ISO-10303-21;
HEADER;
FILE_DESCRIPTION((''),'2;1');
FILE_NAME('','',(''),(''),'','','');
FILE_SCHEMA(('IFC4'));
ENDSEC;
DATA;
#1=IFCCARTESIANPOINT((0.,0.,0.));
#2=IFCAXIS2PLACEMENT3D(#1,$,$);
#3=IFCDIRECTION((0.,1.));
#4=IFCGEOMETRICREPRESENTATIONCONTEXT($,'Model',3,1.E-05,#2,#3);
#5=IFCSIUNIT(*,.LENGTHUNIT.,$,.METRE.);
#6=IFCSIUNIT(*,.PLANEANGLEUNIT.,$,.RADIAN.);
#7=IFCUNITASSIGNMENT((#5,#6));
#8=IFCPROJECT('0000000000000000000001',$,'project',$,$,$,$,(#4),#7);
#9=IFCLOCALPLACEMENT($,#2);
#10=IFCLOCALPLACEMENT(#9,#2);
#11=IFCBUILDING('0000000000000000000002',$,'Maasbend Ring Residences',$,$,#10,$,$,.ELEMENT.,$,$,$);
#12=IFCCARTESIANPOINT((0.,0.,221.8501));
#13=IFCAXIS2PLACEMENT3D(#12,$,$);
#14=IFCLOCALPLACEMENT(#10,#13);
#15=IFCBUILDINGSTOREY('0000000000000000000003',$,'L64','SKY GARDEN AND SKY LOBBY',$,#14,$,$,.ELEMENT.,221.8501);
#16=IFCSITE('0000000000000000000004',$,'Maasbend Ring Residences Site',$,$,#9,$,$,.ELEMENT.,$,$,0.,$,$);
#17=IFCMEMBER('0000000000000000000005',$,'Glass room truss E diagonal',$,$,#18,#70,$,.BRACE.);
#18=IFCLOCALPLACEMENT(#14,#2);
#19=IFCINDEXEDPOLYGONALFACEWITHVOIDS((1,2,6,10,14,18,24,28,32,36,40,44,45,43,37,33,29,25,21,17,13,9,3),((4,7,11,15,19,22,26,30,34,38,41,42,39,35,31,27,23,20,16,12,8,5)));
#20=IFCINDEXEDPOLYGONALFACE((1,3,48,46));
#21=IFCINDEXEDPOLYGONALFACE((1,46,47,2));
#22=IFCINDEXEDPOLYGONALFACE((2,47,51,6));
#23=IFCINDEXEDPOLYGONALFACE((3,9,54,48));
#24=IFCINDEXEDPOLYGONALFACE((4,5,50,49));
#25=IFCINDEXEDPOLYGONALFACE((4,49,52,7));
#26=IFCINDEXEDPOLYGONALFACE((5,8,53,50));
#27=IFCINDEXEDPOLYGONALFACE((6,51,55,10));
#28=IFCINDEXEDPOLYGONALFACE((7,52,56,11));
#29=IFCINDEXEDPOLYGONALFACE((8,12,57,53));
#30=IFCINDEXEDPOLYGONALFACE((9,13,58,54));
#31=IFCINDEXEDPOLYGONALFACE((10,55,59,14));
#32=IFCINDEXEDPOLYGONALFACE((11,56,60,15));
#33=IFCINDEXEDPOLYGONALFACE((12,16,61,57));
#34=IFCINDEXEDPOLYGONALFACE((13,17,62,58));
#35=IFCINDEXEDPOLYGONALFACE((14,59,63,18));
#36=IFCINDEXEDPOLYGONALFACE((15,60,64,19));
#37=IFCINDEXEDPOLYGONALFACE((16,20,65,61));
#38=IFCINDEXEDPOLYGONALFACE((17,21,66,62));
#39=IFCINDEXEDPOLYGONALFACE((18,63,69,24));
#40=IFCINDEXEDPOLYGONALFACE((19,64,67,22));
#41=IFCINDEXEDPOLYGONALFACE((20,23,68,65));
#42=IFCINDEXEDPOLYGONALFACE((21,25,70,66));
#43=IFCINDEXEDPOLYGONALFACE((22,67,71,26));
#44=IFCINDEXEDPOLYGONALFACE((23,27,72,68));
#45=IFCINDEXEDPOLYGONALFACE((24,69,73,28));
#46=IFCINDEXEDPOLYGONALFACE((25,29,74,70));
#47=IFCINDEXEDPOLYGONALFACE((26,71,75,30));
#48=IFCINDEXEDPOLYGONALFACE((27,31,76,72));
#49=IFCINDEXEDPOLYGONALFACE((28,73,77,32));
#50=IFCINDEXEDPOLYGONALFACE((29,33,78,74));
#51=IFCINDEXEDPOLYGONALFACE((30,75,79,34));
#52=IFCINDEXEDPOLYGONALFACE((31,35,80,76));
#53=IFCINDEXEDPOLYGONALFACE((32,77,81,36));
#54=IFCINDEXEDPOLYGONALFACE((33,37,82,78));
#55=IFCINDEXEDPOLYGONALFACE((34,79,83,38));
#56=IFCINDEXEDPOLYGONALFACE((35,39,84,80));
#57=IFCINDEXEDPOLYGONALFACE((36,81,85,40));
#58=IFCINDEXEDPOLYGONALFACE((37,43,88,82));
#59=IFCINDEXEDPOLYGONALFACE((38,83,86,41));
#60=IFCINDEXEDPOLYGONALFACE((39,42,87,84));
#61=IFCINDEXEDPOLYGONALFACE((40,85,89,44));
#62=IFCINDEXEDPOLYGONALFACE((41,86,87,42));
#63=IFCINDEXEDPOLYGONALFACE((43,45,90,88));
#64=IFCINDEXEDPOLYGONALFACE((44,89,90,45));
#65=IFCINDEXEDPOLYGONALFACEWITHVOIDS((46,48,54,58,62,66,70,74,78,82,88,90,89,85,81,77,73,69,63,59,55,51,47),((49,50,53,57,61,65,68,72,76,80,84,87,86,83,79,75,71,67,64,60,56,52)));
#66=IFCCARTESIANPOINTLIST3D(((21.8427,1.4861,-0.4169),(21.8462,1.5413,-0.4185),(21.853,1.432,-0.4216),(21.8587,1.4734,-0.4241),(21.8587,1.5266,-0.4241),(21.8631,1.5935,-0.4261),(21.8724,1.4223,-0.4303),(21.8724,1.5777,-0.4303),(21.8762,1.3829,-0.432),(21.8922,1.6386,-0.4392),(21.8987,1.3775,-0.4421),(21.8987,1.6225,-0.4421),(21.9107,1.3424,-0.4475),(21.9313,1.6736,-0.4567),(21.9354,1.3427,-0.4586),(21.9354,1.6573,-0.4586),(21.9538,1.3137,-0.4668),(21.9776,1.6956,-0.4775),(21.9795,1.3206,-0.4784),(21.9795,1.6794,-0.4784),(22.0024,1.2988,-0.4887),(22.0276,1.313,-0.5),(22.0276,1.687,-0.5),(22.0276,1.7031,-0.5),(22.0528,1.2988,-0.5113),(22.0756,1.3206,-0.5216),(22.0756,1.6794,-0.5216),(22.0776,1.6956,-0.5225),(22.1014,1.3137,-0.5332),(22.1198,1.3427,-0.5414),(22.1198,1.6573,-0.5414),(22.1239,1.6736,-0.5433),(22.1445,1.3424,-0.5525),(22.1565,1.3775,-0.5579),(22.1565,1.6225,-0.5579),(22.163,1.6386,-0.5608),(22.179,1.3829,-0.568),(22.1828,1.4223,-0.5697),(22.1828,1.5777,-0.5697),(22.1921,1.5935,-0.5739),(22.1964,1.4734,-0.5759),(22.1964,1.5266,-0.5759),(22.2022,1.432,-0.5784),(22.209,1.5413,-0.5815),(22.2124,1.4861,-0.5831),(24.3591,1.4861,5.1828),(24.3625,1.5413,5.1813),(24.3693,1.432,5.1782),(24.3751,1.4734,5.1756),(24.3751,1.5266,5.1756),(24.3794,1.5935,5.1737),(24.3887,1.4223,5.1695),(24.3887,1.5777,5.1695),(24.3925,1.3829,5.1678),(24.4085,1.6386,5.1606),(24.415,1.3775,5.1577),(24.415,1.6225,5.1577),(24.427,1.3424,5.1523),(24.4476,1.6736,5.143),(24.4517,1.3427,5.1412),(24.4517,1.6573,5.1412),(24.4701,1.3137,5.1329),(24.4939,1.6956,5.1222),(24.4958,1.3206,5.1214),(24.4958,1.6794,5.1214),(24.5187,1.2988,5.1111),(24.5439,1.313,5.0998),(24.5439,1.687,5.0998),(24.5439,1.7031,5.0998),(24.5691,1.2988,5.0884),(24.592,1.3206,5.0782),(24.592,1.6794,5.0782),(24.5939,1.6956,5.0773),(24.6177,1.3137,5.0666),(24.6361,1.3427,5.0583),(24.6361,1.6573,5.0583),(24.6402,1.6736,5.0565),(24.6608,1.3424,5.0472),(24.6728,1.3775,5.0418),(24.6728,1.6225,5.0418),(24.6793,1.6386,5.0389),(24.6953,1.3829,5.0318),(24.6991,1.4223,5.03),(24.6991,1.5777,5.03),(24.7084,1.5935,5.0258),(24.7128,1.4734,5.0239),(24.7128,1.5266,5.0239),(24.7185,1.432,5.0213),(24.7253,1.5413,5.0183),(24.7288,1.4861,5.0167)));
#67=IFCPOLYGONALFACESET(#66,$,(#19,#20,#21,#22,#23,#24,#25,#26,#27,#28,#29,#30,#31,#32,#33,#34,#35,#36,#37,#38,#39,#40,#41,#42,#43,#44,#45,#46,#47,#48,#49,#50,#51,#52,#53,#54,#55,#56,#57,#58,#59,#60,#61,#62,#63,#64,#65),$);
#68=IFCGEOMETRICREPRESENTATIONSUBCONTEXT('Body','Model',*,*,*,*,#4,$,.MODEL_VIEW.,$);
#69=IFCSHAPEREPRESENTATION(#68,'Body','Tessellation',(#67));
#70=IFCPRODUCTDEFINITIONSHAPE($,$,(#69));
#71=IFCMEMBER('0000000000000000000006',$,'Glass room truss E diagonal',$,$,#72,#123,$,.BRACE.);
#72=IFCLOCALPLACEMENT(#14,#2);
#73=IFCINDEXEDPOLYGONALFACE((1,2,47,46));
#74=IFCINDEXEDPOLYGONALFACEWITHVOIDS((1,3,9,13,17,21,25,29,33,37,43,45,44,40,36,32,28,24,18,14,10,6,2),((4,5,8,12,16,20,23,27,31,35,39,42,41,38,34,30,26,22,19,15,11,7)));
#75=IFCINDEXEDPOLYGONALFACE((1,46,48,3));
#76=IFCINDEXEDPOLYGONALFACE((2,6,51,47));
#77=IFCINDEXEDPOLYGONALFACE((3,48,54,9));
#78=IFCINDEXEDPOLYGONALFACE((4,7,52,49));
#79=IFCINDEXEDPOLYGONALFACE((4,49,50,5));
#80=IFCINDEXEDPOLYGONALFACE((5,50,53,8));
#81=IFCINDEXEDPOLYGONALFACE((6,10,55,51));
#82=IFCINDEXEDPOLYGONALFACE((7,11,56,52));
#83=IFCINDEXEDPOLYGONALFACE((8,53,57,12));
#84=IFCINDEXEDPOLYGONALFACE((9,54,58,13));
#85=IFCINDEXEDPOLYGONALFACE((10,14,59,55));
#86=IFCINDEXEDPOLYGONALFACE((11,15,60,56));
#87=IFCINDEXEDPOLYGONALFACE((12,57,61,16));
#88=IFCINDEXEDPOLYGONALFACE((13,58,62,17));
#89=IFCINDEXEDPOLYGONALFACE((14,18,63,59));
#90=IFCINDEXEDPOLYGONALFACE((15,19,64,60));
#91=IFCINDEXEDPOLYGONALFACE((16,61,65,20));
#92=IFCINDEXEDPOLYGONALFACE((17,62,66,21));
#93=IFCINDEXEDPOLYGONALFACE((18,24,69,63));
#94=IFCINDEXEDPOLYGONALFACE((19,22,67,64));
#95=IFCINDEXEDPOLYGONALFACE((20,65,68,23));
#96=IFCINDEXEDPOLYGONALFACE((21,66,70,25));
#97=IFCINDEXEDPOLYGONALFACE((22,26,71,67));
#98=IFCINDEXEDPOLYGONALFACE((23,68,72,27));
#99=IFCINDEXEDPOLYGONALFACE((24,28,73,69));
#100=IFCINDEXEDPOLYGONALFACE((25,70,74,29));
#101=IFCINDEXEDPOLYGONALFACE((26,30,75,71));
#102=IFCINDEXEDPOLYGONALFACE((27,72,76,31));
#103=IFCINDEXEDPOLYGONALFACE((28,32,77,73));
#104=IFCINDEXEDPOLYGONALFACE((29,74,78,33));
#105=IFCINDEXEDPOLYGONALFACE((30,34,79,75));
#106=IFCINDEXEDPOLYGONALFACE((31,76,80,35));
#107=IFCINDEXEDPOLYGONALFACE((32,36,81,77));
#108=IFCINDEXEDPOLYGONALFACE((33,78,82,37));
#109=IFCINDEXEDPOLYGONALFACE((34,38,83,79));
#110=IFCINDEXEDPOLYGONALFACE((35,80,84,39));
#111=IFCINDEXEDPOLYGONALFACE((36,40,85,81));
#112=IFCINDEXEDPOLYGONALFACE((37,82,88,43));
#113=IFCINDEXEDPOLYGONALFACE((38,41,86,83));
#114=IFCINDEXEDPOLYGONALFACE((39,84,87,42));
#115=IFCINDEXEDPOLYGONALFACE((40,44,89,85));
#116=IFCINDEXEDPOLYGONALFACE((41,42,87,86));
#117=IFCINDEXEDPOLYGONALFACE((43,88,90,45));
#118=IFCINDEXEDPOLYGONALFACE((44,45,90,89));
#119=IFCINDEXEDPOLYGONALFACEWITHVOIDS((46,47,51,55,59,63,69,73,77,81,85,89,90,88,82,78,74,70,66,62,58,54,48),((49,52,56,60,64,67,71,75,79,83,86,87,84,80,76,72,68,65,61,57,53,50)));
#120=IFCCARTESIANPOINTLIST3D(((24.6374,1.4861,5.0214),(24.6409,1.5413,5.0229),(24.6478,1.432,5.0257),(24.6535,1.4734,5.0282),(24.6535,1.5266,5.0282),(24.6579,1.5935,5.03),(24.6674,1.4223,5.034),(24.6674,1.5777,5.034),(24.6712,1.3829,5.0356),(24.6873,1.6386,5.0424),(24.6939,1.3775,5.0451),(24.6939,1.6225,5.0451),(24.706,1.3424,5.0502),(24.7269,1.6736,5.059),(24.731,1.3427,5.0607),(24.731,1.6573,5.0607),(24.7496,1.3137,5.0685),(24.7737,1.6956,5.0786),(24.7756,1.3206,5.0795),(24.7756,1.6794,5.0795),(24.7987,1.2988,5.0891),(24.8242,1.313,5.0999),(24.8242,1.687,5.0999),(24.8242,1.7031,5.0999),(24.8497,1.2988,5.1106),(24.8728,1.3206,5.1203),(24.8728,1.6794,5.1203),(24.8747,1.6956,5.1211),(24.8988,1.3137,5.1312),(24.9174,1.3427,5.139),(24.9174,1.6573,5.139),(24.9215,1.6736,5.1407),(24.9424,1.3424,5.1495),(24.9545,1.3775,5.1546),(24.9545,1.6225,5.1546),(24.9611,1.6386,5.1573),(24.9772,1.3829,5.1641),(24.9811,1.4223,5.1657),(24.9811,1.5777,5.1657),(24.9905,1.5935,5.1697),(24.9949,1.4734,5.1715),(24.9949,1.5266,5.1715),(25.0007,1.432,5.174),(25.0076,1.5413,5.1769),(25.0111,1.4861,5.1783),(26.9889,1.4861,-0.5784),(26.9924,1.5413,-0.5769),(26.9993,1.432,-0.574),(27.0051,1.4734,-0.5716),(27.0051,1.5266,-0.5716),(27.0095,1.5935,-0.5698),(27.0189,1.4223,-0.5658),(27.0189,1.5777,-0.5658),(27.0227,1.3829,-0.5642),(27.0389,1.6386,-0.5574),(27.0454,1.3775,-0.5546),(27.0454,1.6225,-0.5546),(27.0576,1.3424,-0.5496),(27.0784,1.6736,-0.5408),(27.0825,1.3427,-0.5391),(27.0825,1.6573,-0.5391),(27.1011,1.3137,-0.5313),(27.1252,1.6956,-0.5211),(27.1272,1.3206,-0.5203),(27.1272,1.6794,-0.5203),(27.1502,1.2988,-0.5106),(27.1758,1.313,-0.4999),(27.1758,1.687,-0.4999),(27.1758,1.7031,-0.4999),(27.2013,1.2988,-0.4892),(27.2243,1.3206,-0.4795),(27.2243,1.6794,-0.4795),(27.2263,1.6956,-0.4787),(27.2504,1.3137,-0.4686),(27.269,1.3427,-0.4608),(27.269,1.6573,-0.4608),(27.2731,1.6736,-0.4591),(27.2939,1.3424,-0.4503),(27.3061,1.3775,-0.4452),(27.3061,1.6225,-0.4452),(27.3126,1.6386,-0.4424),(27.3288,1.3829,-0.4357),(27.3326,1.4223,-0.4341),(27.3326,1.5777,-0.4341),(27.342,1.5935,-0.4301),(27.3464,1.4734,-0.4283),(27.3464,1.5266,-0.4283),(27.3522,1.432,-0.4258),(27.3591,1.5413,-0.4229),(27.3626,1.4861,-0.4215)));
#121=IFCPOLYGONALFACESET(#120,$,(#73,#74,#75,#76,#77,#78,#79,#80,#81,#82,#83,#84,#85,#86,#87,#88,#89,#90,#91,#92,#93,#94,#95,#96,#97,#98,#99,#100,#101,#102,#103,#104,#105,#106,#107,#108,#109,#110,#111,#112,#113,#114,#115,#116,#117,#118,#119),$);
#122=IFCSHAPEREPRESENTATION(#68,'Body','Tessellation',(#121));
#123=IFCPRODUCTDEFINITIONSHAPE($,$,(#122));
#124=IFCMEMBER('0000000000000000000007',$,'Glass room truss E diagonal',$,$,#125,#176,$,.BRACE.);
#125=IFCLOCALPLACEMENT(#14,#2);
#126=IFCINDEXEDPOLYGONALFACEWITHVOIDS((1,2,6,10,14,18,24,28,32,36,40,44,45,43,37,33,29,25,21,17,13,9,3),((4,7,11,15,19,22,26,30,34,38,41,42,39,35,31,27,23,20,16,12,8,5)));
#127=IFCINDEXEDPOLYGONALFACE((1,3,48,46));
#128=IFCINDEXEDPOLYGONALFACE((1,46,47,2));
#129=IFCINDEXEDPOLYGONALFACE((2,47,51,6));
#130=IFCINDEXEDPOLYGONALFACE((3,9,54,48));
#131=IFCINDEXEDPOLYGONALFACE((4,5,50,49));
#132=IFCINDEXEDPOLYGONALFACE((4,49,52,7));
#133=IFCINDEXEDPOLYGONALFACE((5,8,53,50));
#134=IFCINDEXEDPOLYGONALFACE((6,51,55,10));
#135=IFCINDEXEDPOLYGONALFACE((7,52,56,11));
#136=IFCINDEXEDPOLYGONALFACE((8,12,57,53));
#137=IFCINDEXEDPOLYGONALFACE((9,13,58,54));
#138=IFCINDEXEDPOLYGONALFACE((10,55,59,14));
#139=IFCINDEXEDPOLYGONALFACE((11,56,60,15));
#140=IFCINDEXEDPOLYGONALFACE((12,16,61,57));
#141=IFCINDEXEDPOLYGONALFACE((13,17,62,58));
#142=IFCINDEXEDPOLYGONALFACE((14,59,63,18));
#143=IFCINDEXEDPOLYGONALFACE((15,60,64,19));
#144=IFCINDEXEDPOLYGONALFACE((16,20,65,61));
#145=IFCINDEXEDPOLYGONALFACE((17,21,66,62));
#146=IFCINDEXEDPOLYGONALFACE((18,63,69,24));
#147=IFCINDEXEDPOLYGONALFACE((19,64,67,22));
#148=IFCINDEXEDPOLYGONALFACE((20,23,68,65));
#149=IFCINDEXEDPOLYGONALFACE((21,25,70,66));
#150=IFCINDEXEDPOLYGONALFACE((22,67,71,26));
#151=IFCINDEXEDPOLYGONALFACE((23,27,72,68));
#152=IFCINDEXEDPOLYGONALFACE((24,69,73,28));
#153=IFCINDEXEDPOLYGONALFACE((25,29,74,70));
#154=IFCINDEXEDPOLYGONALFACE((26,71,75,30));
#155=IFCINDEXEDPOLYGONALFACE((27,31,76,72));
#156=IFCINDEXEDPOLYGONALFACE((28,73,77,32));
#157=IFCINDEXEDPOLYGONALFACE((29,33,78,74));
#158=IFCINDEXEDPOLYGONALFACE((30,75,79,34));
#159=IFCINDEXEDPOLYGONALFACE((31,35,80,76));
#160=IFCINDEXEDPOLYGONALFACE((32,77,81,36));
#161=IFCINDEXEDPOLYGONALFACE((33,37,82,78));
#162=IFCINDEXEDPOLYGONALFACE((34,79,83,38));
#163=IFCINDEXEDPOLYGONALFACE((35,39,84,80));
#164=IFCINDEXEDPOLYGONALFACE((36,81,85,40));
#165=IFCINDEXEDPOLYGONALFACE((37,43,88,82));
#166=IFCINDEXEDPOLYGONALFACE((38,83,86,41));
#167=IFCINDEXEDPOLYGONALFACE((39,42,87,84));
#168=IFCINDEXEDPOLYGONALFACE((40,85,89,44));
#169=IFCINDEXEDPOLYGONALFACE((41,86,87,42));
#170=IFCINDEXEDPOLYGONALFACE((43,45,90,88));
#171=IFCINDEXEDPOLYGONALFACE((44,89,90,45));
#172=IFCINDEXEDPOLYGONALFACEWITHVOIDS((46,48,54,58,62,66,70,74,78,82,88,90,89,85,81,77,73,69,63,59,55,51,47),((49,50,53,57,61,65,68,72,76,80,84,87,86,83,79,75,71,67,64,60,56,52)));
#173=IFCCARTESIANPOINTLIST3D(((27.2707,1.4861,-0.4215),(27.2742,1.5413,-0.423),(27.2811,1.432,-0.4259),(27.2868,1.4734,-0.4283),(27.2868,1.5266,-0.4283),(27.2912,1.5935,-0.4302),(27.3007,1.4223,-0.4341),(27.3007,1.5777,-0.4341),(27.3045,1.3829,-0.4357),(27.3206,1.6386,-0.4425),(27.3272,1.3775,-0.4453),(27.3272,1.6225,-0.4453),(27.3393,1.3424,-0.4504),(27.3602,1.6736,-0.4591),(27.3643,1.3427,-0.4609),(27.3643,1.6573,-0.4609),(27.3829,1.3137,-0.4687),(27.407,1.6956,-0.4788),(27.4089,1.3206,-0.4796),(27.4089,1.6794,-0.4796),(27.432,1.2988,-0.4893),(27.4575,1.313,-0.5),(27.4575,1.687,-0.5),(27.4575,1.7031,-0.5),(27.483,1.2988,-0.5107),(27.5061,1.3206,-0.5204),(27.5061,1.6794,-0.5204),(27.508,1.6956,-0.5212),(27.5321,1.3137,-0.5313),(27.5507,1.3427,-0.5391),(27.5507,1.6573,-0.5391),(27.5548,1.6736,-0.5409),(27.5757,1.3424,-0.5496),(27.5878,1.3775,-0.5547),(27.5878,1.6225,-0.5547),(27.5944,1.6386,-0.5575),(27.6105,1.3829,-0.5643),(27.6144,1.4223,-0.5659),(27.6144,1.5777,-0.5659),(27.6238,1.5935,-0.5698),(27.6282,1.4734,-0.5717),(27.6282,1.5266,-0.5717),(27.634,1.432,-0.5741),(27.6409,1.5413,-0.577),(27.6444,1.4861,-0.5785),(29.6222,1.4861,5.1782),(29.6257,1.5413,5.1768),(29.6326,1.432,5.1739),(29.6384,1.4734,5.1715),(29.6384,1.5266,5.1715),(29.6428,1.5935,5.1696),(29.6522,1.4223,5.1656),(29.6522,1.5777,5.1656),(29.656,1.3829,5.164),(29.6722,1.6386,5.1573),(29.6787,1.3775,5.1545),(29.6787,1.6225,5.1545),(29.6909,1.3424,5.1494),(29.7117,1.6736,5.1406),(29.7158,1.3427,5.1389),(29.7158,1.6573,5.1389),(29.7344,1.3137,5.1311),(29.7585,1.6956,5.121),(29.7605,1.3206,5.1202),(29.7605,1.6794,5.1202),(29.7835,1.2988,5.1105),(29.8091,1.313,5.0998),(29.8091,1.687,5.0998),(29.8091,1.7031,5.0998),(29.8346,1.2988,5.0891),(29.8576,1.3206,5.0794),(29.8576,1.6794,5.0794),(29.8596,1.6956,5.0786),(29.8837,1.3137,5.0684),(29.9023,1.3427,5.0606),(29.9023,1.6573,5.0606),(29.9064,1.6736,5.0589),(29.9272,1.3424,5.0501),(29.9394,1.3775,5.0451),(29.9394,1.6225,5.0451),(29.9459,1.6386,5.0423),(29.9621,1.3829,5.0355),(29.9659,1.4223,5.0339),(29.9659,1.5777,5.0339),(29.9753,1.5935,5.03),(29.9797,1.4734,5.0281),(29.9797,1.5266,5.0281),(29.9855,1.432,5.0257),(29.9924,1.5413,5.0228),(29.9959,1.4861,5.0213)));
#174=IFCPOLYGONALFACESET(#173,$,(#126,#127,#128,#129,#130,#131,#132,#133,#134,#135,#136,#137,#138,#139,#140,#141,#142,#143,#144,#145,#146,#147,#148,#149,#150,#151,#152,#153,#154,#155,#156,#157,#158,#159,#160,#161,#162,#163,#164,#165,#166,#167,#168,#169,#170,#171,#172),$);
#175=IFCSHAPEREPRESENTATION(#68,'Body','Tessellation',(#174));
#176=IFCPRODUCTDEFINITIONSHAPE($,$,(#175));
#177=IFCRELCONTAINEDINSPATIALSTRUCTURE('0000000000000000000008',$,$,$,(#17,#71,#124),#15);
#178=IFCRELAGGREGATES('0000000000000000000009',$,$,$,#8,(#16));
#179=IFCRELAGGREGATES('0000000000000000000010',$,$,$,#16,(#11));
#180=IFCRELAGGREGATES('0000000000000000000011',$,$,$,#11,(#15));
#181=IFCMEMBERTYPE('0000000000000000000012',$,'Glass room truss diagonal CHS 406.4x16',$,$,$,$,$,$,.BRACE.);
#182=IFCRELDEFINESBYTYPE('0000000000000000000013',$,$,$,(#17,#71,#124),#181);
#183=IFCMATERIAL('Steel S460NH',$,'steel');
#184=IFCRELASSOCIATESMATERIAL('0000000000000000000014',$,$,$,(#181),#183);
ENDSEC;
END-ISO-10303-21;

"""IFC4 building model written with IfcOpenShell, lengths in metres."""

from ifc_helpers import new_model, si_unit, direction, frame, origin, origin_2d, place, context, subcontext, project, spatial, hollow_circle, extrude, material, material_profile, profile_set, type_object, element, save


model = new_model("IFC4")

# Units and contexts
model_context = context("Model", 3, precision=1e-05, world=origin(), true_north=direction((0.0, 1.0)))
body_context = subcontext(model_context, "Body", "Model", "MODEL_VIEW")
ifc_project = project(units=[si_unit("LENGTHUNIT", "METRE"), si_unit("PLANEANGLEUNIT", "RADIAN")], contexts=[model_context])

# Site, building, storey
site_placement = place(None, origin())
site = spatial("IfcSite", under=ifc_project, at=site_placement, Name="Maasbend Ring Residences Site", CompositionType="ELEMENT", RefElevation=0.0)
building_placement = place(site_placement, origin())
building = spatial("IfcBuilding", under=site, at=building_placement, Name="Maasbend Ring Residences", CompositionType="ELEMENT")
storey_placement = place(building_placement, frame((0.0, 0.0, 221.8501)))
storey = spatial("IfcBuildingStorey", under=building, at=storey_placement, Name="L64", Description="SKY GARDEN AND SKY LOBBY", CompositionType="ELEMENT", Elevation=221.8501)

# Members
ifc_material_1 = material(Name="Steel S460NH", Category="steel")
ifc_material_profile_1 = material_profile(ifc_material_1, hollow_circle(Radius=0.2031, WallThickness=0.0161, at=origin_2d()), Name="Glass room truss diagonal CHS 406.4x16")
ifc_profile_set_1 = profile_set([ifc_material_profile_1], Name="Steel S460NH")
member_type_1 = type_object("IfcMemberType", Name="Glass room truss diagonal CHS 406.4x16", PredefinedType="BRACE", material=ifc_profile_set_1)
member_1_placement = place(storey_placement, frame((22.0276, 1.5, -0.5), z_axis=(0.40988, 0.0, 0.912139), x_axis=(0.0, 1.0, 0.0)))
element("IfcMember", 1, at=member_1_placement, inside=storey, type_object=member_type_1, Name="Glass room truss E diagonal", PredefinedType="BRACE", context=body_context, shape_type="SweptSolid", body=[
    extrude(hollow_circle(Radius=0.2031, WallThickness=0.0161, at=origin_2d()), origin(), (0.0, 0.0, 1.0), 6.1392),
])
for number, where, z_axis, x_axis, name in (
    (2, (24.8242, 1.5, 5.0999), (0.38718, 0.0, -0.922004), (0.0, 1.0, 0.0), "Glass room truss E diagonal"),
    (3, (27.4575, 1.5, -0.5), (0.38718, 0.0, 0.922004), (0.0, 1.0, 0.0), "Glass room truss E diagonal"),
):
    element("IfcMember", number, at=place(storey_placement, frame(where, z_axis=z_axis, x_axis=x_axis)), inside=storey, type_object=member_type_1, Name=name, PredefinedType="BRACE", context=body_context, shape_type="SweptSolid", body=[
        extrude(hollow_circle(Radius=0.2031, WallThickness=0.0161, at=origin_2d()), origin(), (0.0, 0.0, 1.0), 6.0735),
    ])

save(model, "model.ifc")
